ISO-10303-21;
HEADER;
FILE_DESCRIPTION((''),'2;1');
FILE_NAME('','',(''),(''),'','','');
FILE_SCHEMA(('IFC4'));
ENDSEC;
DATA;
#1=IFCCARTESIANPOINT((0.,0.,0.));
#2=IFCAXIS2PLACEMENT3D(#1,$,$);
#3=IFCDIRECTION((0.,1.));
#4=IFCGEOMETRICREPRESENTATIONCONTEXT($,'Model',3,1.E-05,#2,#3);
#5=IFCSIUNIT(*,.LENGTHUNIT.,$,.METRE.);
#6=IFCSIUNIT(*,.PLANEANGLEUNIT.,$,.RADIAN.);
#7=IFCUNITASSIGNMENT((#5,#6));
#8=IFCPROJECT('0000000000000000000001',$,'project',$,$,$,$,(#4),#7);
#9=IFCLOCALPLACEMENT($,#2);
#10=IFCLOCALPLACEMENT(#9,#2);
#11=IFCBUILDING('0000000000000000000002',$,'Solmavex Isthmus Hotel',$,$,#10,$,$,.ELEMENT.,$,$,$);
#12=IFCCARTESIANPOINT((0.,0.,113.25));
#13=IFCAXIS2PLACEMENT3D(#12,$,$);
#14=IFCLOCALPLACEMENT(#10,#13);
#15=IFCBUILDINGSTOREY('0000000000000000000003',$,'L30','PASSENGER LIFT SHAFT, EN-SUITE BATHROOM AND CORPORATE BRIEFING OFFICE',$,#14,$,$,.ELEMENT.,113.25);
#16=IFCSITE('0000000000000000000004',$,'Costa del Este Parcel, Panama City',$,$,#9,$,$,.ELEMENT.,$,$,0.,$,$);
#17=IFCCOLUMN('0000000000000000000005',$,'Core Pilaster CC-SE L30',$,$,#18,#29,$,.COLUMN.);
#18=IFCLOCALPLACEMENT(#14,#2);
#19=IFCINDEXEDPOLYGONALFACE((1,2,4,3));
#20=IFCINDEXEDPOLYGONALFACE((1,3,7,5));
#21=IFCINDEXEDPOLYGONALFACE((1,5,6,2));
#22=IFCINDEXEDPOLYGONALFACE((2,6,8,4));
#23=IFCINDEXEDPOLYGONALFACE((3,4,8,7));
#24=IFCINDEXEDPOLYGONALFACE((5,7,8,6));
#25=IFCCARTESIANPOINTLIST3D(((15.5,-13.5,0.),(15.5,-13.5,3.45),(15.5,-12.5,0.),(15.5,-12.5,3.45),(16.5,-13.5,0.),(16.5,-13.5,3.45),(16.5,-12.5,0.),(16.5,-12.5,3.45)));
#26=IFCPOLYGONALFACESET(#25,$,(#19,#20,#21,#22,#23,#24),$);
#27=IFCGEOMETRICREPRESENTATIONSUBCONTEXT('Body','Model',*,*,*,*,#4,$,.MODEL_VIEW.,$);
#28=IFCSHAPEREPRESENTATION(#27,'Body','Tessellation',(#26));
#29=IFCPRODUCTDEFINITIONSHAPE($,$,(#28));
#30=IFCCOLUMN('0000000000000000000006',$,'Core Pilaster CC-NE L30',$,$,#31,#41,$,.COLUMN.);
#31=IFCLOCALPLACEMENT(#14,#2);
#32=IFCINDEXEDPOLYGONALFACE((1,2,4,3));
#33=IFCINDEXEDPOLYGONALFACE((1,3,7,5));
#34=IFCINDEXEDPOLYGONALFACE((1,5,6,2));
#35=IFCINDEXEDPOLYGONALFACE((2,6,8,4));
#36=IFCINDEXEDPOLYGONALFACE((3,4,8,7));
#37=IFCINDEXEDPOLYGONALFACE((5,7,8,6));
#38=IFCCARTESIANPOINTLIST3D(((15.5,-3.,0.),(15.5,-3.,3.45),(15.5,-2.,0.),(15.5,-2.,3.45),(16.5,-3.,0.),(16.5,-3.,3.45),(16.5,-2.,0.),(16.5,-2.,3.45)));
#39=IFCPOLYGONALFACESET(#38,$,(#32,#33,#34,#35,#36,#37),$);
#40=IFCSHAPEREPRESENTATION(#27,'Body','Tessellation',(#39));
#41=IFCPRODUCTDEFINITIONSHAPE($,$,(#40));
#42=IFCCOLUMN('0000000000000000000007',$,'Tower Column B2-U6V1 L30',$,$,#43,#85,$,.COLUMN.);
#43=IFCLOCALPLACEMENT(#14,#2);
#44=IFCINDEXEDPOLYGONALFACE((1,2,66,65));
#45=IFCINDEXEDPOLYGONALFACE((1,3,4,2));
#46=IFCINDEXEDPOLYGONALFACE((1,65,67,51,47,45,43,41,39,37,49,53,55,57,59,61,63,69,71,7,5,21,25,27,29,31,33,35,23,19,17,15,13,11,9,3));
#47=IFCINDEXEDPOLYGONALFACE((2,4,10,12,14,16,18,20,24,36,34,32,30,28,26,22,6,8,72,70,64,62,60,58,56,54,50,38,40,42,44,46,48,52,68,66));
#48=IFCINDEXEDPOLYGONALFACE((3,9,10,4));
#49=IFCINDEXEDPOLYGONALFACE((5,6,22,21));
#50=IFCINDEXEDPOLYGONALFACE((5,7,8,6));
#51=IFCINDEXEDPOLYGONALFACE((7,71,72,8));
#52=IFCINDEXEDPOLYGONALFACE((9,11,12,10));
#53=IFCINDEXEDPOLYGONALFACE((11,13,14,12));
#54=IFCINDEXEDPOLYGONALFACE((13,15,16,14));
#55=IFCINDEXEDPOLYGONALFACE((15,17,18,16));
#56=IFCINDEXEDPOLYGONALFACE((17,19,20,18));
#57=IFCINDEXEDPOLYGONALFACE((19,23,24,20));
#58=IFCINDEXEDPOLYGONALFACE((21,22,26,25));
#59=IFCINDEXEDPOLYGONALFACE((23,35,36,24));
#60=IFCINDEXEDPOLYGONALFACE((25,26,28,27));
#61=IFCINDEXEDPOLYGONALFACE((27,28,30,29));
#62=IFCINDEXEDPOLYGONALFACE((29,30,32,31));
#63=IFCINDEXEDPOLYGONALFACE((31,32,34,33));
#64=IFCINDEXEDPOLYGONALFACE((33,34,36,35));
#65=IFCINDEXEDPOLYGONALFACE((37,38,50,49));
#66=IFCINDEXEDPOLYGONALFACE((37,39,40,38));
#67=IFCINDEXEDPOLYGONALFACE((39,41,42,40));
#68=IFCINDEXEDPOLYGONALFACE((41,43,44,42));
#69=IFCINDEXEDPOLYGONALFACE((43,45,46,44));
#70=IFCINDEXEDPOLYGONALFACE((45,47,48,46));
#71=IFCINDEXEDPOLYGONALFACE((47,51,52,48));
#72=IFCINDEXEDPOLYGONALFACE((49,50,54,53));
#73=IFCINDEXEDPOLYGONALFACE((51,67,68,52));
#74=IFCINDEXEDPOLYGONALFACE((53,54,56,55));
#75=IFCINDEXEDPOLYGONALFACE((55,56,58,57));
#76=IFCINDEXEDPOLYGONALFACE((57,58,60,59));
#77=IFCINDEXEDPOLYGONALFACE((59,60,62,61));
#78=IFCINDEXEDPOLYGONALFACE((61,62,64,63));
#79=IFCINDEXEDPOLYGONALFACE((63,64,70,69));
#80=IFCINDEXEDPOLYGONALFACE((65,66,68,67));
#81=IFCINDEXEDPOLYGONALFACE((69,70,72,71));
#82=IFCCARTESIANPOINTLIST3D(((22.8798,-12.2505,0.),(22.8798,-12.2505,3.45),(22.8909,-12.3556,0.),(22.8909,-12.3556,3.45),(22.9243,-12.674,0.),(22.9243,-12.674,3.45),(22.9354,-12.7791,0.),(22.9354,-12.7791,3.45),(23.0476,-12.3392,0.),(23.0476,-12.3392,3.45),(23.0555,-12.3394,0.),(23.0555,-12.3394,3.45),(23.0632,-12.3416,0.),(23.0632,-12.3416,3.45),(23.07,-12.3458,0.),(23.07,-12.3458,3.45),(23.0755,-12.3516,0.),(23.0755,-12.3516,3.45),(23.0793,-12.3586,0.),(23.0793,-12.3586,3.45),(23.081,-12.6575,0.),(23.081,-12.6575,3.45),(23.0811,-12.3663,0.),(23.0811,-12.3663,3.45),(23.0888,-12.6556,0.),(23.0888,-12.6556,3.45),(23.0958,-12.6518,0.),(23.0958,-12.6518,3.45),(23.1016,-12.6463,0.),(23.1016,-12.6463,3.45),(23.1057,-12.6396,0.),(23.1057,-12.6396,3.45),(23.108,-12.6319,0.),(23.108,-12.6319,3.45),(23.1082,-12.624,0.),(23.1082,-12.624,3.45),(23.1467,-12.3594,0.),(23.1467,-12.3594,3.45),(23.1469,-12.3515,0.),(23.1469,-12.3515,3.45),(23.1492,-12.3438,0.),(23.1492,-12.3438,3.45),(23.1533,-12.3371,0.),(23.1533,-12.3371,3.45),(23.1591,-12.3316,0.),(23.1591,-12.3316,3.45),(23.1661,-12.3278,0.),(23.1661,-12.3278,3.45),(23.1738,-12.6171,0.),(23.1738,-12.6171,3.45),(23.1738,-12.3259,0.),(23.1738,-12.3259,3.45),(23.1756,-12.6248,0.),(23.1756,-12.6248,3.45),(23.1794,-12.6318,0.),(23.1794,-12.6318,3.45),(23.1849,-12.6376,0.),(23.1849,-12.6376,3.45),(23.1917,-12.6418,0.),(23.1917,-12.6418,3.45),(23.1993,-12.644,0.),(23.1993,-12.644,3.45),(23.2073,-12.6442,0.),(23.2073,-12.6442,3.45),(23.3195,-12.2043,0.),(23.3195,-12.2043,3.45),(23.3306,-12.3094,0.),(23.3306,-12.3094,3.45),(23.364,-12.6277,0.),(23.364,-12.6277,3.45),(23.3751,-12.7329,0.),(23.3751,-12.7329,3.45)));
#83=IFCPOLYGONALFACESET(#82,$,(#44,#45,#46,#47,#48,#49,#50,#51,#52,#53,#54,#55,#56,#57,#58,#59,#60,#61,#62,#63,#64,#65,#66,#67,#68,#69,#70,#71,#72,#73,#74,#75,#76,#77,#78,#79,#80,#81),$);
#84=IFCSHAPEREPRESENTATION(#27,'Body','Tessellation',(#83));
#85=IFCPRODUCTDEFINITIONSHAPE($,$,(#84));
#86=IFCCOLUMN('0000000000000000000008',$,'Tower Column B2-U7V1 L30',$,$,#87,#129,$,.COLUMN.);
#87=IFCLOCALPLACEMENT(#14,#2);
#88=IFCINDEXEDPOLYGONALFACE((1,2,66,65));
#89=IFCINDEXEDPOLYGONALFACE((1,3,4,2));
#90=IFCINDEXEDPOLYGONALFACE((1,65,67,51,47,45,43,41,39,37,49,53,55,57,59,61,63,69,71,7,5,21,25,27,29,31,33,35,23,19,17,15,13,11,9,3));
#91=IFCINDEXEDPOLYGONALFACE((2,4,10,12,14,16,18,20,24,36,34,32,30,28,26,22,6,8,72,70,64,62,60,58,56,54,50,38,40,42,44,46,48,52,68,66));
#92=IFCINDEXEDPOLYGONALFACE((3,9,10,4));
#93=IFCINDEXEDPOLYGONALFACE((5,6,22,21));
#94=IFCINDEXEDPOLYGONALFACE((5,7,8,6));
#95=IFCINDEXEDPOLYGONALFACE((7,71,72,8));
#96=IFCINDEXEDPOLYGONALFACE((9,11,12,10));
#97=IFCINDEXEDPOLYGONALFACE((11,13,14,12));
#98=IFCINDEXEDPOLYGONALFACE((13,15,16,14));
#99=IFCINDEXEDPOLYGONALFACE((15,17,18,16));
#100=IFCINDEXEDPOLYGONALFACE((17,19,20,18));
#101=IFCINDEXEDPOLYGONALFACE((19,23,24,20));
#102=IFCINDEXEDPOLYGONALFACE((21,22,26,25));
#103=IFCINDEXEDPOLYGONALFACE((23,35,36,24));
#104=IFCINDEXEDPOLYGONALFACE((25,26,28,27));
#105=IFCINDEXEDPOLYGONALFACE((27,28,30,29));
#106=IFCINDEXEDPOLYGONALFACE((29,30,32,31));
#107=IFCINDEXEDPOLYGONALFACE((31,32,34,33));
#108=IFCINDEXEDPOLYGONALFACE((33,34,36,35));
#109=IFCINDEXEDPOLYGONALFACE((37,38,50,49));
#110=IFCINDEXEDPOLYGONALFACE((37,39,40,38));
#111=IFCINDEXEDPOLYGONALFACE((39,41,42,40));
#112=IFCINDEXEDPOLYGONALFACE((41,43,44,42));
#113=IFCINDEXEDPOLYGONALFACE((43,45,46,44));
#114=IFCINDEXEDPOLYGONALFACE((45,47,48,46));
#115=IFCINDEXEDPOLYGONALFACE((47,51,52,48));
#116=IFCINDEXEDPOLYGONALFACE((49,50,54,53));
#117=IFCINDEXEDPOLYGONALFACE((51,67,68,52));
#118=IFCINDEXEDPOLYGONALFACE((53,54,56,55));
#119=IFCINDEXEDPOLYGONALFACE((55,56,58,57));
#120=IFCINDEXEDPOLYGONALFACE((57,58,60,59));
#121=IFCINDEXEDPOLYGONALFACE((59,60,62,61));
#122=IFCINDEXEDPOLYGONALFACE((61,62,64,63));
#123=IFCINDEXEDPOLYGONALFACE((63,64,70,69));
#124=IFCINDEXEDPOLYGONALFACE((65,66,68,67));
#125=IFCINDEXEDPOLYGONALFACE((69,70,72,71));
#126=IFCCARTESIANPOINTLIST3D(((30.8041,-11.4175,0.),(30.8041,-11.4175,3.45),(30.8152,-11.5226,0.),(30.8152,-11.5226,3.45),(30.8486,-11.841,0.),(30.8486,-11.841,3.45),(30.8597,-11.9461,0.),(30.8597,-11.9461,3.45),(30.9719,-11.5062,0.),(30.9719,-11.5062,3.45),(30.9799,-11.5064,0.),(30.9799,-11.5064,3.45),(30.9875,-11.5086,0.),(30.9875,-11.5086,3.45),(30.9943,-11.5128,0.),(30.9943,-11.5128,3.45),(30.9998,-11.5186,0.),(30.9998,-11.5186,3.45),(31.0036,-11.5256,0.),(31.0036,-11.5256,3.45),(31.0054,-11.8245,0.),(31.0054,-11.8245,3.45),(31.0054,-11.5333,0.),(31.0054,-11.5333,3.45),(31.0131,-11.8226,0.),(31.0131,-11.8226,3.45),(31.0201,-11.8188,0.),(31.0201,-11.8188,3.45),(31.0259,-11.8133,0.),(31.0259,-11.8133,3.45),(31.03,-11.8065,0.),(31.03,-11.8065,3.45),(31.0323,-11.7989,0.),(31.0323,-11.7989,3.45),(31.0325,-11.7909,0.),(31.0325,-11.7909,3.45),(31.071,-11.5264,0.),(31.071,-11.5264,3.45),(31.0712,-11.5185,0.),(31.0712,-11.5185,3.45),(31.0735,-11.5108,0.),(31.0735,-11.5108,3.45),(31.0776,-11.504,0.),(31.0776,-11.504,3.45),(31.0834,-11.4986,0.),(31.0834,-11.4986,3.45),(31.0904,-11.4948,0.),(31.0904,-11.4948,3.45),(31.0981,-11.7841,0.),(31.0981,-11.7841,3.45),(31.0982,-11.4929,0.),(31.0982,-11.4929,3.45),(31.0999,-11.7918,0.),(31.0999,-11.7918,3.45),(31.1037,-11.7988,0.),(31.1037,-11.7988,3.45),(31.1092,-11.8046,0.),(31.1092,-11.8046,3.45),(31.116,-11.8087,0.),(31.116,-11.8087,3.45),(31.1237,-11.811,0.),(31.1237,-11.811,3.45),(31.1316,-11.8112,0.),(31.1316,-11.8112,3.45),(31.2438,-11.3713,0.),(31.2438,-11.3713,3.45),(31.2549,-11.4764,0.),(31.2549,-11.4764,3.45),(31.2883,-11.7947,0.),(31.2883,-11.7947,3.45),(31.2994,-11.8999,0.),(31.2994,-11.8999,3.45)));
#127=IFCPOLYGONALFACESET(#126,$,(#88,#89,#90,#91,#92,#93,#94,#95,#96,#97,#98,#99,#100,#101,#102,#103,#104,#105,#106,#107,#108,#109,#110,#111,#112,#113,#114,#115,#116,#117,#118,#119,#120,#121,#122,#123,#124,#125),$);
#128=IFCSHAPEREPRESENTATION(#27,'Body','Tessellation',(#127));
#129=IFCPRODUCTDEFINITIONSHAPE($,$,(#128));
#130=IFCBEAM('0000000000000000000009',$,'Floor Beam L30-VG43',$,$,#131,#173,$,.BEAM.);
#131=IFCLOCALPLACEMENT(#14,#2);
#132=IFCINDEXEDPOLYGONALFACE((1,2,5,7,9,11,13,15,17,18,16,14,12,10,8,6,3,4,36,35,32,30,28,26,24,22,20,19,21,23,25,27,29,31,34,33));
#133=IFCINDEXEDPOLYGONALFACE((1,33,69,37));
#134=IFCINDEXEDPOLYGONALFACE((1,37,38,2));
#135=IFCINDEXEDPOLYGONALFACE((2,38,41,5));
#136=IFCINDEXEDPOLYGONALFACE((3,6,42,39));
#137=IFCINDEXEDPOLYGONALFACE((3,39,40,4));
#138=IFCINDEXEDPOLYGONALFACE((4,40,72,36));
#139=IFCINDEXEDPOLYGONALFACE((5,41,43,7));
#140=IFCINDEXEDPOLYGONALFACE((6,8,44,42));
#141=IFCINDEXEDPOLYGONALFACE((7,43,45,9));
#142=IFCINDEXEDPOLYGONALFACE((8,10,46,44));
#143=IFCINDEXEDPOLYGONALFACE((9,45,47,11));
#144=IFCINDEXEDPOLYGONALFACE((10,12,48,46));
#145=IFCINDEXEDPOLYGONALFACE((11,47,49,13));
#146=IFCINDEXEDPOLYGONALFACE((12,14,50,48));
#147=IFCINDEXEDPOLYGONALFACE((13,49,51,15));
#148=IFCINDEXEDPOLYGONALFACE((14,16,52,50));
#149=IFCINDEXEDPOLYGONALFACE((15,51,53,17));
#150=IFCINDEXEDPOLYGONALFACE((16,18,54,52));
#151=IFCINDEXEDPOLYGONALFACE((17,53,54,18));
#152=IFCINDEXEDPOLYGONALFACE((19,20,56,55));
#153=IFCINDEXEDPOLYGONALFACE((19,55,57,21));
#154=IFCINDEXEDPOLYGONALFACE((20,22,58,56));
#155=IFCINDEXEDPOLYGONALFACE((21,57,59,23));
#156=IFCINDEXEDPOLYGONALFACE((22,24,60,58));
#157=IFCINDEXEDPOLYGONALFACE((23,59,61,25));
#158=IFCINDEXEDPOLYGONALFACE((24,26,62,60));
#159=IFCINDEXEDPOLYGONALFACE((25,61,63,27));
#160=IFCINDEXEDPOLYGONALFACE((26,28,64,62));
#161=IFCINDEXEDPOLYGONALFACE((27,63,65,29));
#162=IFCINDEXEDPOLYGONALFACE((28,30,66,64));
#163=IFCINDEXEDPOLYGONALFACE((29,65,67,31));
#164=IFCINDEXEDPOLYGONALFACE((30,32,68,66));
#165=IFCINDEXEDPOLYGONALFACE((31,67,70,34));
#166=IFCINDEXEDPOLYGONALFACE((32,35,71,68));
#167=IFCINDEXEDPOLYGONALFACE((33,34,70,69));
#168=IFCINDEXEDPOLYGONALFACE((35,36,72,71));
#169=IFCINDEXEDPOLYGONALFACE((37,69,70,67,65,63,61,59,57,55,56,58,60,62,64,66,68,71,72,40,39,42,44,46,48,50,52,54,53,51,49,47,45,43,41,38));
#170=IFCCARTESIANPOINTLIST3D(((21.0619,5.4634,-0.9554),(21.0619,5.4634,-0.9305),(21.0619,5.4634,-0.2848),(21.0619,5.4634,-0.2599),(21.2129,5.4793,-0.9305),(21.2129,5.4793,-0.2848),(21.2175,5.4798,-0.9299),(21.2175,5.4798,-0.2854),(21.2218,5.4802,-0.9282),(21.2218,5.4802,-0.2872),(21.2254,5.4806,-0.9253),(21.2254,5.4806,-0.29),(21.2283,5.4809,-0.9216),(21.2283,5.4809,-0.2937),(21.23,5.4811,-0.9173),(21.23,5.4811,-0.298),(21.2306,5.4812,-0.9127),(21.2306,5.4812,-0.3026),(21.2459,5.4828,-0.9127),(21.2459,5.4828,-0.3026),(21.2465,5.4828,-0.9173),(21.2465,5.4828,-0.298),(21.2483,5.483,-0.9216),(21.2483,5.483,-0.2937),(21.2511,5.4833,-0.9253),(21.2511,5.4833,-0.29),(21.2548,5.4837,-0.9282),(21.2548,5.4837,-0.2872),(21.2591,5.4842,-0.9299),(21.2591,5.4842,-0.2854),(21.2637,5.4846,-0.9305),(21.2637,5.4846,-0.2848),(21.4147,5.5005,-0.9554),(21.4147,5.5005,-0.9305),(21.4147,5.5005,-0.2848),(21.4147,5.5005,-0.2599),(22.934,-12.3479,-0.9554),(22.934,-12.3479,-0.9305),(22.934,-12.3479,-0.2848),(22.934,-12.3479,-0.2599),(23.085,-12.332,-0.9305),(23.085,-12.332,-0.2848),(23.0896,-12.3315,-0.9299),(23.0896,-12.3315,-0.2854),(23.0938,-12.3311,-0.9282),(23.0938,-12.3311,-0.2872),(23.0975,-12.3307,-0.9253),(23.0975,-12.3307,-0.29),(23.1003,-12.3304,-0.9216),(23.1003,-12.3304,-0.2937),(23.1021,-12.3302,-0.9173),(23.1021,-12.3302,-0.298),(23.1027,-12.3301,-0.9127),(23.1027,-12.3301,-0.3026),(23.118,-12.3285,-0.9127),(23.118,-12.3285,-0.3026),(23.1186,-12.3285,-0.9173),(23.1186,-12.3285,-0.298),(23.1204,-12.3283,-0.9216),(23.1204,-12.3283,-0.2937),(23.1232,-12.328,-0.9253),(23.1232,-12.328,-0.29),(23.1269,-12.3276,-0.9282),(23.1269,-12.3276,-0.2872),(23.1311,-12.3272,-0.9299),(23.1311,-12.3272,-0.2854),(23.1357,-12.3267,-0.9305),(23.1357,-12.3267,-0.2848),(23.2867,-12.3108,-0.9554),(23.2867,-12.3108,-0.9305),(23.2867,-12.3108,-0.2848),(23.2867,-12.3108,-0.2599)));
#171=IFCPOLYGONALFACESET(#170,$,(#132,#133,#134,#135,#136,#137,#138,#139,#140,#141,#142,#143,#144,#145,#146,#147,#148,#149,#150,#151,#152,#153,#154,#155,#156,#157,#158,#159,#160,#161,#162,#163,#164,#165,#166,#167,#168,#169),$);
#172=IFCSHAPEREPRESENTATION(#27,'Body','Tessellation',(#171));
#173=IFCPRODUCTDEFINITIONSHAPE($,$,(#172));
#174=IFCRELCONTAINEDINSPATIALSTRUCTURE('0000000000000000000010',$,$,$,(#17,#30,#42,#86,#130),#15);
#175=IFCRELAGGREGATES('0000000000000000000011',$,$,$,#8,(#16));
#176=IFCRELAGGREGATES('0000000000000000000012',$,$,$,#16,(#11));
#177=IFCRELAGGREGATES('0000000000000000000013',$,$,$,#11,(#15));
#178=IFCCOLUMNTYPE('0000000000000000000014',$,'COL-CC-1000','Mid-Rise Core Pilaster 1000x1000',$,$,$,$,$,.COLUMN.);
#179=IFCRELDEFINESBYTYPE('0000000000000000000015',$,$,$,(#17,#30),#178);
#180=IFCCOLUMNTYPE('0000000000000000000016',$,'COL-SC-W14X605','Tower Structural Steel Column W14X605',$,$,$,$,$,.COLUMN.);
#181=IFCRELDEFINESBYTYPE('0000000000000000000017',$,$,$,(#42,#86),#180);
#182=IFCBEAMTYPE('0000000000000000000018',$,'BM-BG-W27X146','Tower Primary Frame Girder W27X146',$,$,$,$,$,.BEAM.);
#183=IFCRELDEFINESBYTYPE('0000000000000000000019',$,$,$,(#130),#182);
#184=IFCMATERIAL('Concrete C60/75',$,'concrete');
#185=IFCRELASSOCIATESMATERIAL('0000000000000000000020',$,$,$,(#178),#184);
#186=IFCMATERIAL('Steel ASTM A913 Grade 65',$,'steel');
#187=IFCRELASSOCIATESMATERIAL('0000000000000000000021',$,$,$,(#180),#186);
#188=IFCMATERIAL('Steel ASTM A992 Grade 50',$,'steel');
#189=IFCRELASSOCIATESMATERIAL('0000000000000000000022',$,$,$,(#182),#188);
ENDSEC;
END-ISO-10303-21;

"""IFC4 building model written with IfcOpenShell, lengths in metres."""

from ifc_helpers import new_model, si_unit, direction, frame, origin, origin_2d, place, context, subcontext, project, spatial, rectangle, i_section, extrude, material, material_profile, profile_set, type_object, element, save


model = new_model("IFC4")

# Units and contexts
model_context = context("Model", 3, precision=1e-05, world=origin(), true_north=direction((0.0, 1.0)))
body_context = subcontext(model_context, "Body", "Model", "MODEL_VIEW")
ifc_project = project(units=[si_unit("LENGTHUNIT", "METRE"), si_unit("PLANEANGLEUNIT", "RADIAN")], contexts=[model_context])

# Site, building, storey
site_placement = place(None, origin())
site = spatial("IfcSite", under=ifc_project, at=site_placement, Name="Costa del Este Parcel, Panama City", CompositionType="ELEMENT", RefElevation=0.0)
building_placement = place(site_placement, origin())
building = spatial("IfcBuilding", under=site, at=building_placement, Name="Solmavex Isthmus Hotel", CompositionType="ELEMENT")
storey_placement = place(building_placement, frame((0.0, 0.0, 113.25)))
storey = spatial("IfcBuildingStorey", under=building, at=storey_placement, Name="L30", Description="PASSENGER LIFT SHAFT, EN-SUITE BATHROOM AND CORPORATE BRIEFING OFFICE", CompositionType="ELEMENT", Elevation=113.25)

# Columns
ifc_material_1 = material(Name="Concrete C60/75", Category="concrete")
ifc_material_profile_1 = material_profile(ifc_material_1, rectangle(XDim=1.0, YDim=1.0, at=origin_2d()), Name="RC1000X1000")
ifc_profile_set_1 = profile_set([ifc_material_profile_1], Name="Concrete C60/75")
column_type_1 = type_object("IfcColumnType", Name="COL-CC-1000", Description="Mid-Rise Core Pilaster 1000x1000", PredefinedType="COLUMN", material=ifc_profile_set_1)
for number, where, z_axis, x_axis, name in (
    (1, (16.0, -13.0, 0.0), (0.0, 0.0, 1.0), (1.0, 0.0, 0.0), "Core Pilaster CC-SE L30"),
    (2, (16.0, -2.5, 0.0), (0.0, 0.0, 1.0), (1.0, 0.0, 0.0), "Core Pilaster CC-NE L30"),
):
    element("IfcColumn", number, at=place(storey_placement, frame(where, z_axis=z_axis, x_axis=x_axis)), inside=storey, type_object=column_type_1, Name=name, PredefinedType="COLUMN", context=body_context, shape_type="SweptSolid", body=[
        extrude(rectangle(XDim=1.0, YDim=1.0, at=origin_2d()), origin(), (0.0, 0.0, 1.0), 3.45),
    ])
ifc_material_2 = material(Name="Steel ASTM A913 Grade 65", Category="steel")
ifc_material_profile_2 = material_profile(ifc_material_2, i_section(OverallWidth=0.4421, OverallDepth=0.5315, WebThickness=0.0659, FlangeThickness=0.1057, FilletRadius=0.0305, at=origin_2d()), Name="W14X605")
ifc_profile_set_2 = profile_set([ifc_material_profile_2], Name="Steel ASTM A913 Grade 65")
column_type_2 = type_object("IfcColumnType", Name="COL-SC-W14X605", Description="Tower Structural Steel Column W14X605", PredefinedType="COLUMN", material=ifc_profile_set_2)
for number, where, z_axis, x_axis, name in (
    (3, (23.1274, -12.4917, 0.0), (0.0, 0.0, 1.0), (0.994522, 0.104528, 0.0), "Tower Column B2-U6V1 L30"),
    (4, (31.0518, -11.6587, 0.0), (0.0, 0.0, 1.0), (0.994522, 0.104528, 0.0), "Tower Column B2-U7V1 L30"),
):
    element("IfcColumn", number, at=place(storey_placement, frame(where, z_axis=z_axis, x_axis=x_axis)), inside=storey, type_object=column_type_2, Name=name, PredefinedType="COLUMN", context=body_context, shape_type="SweptSolid", body=[
        extrude(i_section(OverallWidth=0.4421, OverallDepth=0.5315, WebThickness=0.0659, FlangeThickness=0.1057, FilletRadius=0.0305, at=origin_2d()), origin(), (0.0, 0.0, 1.0), 3.45),
    ])

# Beam
ifc_material_3 = material(Name="Steel ASTM A992 Grade 50", Category="steel")
ifc_material_profile_3 = material_profile(ifc_material_3, i_section(OverallWidth=0.3547, OverallDepth=0.6956, WebThickness=0.0154, FlangeThickness=0.0249, FilletRadius=0.0178, at=origin_2d()), Name="W27X146")
ifc_profile_set_3 = profile_set([ifc_material_profile_3], Name="Steel ASTM A992 Grade 50")
beam_type_1 = type_object("IfcBeamType", Name="BM-BG-W27X146", Description="Tower Primary Frame Girder W27X146", PredefinedType="BEAM", material=ifc_profile_set_3)
beam_1_placement = place(storey_placement, frame((23.1104, -12.3293, -0.6077), z_axis=(-0.10453, 0.994522, 0.0), x_axis=(-0.994522, -0.10453, 0.0)))
element("IfcBeam", 5, at=beam_1_placement, inside=storey, type_object=beam_type_1, Name="Floor Beam L30-VG43", PredefinedType="BEAM", context=body_context, shape_type="SweptSolid", body=[
    extrude(i_section(OverallWidth=0.3547, OverallDepth=0.6956, WebThickness=0.0154, FlangeThickness=0.0249, FilletRadius=0.0178, at=origin_2d()), origin(), (0.0, 0.0, 1.0), 17.9094),
])

save(model, "model.ifc")
